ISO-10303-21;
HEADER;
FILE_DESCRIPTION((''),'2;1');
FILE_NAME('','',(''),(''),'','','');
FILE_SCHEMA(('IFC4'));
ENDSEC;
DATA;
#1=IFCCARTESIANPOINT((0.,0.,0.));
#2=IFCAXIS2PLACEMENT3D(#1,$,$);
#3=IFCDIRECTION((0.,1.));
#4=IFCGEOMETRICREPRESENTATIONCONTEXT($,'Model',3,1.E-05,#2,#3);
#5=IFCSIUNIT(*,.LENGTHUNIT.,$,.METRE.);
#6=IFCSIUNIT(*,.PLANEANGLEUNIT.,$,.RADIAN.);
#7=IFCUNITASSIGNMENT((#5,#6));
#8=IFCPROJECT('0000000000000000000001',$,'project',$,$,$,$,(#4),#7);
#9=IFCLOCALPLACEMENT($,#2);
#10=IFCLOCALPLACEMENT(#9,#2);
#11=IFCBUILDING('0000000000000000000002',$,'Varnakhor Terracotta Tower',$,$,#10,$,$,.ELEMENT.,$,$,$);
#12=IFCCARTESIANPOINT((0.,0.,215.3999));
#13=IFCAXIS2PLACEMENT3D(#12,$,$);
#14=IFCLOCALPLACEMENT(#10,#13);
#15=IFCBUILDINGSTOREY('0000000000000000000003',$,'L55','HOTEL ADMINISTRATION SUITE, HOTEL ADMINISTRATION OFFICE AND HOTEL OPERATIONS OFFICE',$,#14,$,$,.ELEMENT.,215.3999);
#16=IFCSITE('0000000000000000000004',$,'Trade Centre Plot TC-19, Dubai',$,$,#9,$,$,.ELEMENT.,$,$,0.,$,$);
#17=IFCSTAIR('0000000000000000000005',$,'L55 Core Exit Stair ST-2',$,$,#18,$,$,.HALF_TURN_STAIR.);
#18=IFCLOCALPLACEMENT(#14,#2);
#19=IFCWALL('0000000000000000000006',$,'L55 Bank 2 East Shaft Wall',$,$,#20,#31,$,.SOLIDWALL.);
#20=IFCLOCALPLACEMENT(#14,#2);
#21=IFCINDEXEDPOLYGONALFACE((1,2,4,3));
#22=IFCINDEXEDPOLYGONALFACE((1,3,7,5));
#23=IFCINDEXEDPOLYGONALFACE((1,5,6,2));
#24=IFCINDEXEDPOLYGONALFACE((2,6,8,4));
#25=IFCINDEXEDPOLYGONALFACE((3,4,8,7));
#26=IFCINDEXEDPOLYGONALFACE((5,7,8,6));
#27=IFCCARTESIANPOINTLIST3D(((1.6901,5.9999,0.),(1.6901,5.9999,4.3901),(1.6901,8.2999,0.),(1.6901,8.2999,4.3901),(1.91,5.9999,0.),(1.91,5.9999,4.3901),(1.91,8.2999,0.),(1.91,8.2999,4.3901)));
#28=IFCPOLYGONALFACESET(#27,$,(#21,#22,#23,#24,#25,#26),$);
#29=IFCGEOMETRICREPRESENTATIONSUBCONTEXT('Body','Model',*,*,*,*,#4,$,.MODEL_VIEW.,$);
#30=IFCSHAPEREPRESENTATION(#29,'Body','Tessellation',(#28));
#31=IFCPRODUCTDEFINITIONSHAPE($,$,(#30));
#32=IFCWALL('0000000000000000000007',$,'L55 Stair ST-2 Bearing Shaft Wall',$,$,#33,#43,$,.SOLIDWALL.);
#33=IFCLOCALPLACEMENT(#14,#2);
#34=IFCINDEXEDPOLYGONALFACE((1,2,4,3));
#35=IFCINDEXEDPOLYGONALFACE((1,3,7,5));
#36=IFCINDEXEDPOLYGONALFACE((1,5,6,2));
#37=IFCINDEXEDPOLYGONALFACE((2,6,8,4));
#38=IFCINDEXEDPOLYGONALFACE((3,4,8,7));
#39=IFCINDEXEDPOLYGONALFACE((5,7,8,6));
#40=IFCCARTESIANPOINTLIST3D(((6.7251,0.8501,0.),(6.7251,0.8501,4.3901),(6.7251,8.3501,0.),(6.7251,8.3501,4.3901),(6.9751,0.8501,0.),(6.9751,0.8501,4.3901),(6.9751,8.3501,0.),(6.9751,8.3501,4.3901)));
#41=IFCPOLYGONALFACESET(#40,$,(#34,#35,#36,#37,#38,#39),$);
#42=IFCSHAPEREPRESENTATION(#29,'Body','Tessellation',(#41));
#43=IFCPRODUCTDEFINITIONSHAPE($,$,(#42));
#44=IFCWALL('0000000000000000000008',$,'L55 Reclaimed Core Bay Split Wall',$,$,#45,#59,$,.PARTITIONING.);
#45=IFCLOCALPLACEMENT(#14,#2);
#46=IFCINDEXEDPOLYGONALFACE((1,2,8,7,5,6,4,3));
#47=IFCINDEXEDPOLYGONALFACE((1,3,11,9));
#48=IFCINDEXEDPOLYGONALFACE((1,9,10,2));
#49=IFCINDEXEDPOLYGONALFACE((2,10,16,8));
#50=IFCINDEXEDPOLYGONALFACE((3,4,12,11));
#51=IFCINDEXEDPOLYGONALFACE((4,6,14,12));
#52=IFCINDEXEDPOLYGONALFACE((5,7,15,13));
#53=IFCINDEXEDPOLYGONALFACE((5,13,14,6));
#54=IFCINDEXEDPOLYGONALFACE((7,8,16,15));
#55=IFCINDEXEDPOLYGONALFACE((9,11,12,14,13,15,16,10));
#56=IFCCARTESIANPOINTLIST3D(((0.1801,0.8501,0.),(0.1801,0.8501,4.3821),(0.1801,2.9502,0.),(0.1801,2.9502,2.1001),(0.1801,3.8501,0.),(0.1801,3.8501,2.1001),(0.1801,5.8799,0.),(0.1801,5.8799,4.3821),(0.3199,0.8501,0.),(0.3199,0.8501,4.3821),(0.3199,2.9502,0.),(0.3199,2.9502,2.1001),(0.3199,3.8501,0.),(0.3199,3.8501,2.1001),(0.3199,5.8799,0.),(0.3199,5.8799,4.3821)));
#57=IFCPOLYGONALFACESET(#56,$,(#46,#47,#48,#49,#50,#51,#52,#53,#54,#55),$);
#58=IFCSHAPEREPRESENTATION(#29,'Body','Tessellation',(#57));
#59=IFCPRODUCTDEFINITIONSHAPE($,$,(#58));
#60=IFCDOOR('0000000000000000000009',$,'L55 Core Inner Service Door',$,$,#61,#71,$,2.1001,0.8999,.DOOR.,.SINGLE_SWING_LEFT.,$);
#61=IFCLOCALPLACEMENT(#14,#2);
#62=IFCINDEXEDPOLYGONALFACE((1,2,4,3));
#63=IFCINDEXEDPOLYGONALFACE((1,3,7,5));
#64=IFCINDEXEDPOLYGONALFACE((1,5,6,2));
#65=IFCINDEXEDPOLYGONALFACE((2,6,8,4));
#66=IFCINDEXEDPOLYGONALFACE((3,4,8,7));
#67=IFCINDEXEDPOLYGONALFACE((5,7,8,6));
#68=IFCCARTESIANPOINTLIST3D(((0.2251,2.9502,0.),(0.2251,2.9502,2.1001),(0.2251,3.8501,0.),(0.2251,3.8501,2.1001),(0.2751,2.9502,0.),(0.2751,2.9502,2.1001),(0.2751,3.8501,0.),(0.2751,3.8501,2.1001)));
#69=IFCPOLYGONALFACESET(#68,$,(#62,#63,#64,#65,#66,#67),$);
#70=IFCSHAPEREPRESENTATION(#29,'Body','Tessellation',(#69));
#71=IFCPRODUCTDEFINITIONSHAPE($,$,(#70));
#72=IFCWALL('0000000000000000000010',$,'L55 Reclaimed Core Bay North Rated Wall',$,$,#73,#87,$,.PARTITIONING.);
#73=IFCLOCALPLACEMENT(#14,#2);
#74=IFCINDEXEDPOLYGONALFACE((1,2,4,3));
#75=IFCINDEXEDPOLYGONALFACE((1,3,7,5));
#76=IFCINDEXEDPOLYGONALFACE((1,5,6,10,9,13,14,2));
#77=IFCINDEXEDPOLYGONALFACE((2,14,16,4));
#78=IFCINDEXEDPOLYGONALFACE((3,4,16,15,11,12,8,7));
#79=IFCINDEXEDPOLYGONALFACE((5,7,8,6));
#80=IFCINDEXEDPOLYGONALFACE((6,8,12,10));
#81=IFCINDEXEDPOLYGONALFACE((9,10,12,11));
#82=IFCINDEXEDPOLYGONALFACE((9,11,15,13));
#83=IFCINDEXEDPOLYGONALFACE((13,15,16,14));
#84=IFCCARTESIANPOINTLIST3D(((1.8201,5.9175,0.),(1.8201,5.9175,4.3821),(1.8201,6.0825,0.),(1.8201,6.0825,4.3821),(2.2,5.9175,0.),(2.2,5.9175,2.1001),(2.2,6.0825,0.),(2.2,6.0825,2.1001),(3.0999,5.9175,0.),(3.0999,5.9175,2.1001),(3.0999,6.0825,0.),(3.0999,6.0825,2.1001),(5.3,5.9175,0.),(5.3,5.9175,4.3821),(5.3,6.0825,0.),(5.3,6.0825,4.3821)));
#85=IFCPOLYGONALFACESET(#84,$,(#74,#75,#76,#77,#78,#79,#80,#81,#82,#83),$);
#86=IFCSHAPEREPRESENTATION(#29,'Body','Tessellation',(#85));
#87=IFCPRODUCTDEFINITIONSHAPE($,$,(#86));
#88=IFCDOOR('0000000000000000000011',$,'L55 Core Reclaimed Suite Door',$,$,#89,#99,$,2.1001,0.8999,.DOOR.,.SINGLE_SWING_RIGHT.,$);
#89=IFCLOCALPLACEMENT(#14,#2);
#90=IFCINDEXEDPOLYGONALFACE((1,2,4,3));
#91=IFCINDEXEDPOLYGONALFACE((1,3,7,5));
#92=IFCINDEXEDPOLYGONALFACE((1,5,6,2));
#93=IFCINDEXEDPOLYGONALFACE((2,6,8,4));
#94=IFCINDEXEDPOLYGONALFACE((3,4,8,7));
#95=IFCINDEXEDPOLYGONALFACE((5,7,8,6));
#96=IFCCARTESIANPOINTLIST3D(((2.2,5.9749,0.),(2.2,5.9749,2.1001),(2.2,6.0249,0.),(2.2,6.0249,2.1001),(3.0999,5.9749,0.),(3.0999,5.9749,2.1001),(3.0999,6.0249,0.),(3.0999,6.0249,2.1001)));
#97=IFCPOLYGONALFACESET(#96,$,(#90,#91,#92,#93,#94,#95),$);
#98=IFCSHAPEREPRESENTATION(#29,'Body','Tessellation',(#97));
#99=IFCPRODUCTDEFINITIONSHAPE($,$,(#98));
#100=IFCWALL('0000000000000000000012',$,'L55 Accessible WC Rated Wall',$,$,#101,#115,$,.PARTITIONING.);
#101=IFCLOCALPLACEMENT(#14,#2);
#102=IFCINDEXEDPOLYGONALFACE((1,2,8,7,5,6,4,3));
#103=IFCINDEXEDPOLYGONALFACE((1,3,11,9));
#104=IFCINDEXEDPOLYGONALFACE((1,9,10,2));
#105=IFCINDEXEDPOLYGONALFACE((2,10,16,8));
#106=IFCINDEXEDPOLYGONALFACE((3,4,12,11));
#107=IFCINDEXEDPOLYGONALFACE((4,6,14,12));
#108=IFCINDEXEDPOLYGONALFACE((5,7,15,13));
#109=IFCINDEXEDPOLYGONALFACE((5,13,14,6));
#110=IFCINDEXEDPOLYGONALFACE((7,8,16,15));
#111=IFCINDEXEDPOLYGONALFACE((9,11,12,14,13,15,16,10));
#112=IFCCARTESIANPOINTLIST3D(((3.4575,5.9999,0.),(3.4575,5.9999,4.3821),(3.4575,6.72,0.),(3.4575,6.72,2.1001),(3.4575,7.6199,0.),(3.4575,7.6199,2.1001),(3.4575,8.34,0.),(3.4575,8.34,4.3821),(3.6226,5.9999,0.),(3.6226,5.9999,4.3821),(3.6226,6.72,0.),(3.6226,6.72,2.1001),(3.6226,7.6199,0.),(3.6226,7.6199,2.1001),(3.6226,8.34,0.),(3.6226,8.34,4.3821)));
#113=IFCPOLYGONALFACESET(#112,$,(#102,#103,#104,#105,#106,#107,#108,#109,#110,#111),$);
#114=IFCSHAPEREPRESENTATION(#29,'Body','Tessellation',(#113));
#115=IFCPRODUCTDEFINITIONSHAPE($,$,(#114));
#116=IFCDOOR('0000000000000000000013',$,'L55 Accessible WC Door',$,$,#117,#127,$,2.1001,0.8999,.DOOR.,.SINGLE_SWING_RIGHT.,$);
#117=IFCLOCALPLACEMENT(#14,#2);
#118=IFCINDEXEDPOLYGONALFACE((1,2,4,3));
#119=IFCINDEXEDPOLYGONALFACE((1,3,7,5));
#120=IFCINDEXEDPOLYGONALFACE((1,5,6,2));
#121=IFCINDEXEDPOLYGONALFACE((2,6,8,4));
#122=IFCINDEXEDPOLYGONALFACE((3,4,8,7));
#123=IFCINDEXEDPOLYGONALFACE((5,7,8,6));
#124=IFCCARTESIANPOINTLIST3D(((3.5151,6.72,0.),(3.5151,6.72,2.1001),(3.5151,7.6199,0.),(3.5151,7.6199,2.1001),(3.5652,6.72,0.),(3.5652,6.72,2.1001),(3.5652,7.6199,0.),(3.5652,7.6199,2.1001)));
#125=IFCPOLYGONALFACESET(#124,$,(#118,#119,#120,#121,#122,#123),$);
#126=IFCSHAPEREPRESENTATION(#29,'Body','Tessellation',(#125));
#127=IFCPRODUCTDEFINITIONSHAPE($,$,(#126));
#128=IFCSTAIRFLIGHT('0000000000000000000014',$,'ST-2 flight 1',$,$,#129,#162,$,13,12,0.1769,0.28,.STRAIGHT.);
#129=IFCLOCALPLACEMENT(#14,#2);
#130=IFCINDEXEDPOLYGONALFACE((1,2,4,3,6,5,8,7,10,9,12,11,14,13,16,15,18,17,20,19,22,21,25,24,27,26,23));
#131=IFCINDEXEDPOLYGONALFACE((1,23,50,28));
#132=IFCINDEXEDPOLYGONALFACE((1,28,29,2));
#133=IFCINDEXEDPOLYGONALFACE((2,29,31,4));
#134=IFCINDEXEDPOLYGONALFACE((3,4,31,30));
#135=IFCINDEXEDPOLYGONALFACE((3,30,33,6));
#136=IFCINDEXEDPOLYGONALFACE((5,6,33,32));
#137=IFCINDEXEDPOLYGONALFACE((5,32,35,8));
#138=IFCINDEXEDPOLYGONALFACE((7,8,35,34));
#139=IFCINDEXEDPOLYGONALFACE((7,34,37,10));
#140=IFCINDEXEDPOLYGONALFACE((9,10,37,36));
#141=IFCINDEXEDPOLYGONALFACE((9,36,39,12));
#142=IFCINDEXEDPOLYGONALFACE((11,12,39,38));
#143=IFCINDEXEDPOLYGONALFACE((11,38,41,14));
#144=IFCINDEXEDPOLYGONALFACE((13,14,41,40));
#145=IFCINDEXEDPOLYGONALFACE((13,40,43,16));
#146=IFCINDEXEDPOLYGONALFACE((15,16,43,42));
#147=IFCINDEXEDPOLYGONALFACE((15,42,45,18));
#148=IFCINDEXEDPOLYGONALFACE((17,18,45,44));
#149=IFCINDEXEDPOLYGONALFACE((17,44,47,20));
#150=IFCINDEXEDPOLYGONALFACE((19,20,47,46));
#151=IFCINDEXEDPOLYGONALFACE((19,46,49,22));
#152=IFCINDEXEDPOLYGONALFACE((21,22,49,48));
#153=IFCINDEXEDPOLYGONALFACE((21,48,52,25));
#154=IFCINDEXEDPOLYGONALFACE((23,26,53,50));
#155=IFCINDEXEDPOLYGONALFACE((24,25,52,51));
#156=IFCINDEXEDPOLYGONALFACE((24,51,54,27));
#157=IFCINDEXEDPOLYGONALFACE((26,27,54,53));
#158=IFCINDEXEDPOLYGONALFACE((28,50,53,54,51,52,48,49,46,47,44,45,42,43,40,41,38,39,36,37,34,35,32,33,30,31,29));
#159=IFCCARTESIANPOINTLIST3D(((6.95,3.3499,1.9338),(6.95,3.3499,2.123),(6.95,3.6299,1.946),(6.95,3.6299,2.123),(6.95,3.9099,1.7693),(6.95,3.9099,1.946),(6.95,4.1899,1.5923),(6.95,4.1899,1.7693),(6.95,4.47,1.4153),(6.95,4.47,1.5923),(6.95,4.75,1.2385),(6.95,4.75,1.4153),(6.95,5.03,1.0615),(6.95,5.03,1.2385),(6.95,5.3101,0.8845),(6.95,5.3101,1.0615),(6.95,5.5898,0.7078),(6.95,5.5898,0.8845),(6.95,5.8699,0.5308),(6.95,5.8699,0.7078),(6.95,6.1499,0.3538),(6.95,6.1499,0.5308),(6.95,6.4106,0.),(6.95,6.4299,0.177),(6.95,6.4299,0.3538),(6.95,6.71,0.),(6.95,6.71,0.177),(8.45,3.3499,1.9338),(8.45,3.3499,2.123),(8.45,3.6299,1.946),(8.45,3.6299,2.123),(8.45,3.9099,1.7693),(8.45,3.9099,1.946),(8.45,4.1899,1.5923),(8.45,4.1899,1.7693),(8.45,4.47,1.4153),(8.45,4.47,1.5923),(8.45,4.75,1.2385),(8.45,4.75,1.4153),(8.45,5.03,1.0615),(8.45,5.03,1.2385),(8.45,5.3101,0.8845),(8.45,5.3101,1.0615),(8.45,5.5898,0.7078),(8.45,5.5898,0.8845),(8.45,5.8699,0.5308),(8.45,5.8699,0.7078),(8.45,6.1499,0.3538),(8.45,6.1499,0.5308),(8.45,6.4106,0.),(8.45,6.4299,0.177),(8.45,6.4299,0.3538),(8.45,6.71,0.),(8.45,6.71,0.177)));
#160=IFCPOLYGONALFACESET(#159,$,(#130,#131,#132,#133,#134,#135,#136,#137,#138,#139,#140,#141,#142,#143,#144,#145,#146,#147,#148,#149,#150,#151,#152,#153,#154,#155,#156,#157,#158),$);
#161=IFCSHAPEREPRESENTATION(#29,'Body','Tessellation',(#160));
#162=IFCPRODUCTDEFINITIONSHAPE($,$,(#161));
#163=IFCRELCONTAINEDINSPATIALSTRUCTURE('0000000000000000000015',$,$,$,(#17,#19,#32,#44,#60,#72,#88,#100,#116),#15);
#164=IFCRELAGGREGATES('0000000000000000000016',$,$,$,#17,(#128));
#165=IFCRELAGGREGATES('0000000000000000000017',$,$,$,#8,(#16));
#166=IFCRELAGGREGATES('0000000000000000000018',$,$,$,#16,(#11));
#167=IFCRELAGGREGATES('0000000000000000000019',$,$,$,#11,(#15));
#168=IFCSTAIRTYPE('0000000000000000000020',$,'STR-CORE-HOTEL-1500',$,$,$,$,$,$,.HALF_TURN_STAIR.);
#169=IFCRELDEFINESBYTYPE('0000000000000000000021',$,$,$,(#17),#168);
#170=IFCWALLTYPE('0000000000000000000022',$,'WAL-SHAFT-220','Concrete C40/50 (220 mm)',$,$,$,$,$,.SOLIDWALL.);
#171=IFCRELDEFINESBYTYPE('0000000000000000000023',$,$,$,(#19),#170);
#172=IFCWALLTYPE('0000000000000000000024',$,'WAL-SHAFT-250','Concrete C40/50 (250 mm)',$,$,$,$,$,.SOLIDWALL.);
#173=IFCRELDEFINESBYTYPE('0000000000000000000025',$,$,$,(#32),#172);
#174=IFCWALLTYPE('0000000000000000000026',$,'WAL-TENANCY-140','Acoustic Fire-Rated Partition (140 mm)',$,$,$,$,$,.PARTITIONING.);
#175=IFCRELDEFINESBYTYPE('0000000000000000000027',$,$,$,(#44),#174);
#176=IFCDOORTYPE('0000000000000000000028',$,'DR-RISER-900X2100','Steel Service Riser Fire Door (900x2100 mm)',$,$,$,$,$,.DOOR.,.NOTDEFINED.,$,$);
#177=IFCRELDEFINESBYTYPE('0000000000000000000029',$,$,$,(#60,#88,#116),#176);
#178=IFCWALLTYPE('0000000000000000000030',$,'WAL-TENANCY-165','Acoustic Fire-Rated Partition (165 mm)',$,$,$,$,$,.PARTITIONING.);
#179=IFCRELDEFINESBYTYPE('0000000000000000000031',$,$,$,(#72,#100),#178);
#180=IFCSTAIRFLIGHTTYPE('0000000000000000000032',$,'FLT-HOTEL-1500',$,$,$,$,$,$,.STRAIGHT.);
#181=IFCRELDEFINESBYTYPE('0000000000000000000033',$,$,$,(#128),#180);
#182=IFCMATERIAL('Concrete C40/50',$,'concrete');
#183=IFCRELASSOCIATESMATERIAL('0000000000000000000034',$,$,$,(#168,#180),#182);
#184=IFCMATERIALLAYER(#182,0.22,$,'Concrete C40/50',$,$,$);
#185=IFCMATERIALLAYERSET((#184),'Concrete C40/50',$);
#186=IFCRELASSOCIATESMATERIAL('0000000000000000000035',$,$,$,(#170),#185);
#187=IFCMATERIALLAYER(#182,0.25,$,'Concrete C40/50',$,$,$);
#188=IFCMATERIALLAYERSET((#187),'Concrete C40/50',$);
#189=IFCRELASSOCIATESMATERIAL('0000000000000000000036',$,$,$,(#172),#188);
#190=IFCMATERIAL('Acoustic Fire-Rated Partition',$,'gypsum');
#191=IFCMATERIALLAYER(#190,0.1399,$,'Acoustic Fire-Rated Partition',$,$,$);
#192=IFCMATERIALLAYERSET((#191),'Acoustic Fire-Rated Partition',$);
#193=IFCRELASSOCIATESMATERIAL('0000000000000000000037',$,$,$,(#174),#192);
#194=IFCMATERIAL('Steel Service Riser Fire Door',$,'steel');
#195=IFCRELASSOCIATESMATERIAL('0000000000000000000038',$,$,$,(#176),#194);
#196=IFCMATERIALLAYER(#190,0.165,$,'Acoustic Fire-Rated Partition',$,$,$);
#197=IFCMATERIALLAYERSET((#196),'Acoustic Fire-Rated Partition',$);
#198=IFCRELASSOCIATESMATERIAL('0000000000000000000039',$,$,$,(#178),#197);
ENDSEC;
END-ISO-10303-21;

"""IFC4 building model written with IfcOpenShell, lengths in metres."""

from ifc_helpers import new_model, si_unit, direction, frame, frame_2d, origin, place, context, subcontext, project, spatial, polyline, rectangle, outline, extrude, source, transform, mapped, material, layer, layer_set, type_object, type_shapes, element, fill, aggregate, save


model = new_model("IFC4")

# Units and contexts
model_context = context("Model", 3, precision=1e-05, world=origin(), true_north=direction((0.0, 1.0)))
body_context = subcontext(model_context, "Body", "Model", "MODEL_VIEW")
ifc_project = project(units=[si_unit("LENGTHUNIT", "METRE"), si_unit("PLANEANGLEUNIT", "RADIAN")], contexts=[model_context])

# Site, building, storey
site_placement = place(None, origin())
site = spatial("IfcSite", under=ifc_project, at=site_placement, Name="Trade Centre Plot TC-19, Dubai", CompositionType="ELEMENT", RefElevation=0.0)
building_placement = place(site_placement, origin())
building = spatial("IfcBuilding", under=site, at=building_placement, Name="Varnakhor Terracotta Tower", CompositionType="ELEMENT")
storey_placement = place(building_placement, frame((0.0, 0.0, 215.3999)))
storey = spatial("IfcBuildingStorey", under=building, at=storey_placement, Name="L55", Description="HOTEL ADMINISTRATION SUITE, HOTEL ADMINISTRATION OFFICE AND HOTEL OPERATIONS OFFICE", CompositionType="ELEMENT", Elevation=215.3999)

# Stair
ifc_material_1 = material(Name="Concrete C40/50", Category="concrete")
stair_type = type_object("IfcStairType", Name="STR-CORE-HOTEL-1500", PredefinedType="HALF_TURN_STAIR", material=ifc_material_1)
stair_1_placement = place(storey_placement, origin())
stair_1 = element("IfcStair", 1, at=stair_1_placement, inside=storey, type_object=stair_type, Name="L55 Core Exit Stair ST-2", PredefinedType="HALF_TURN_STAIR")

# Walls
ifc_layer_1 = layer(ifc_material_1, 0.22, Name="Concrete C40/50")
ifc_layer_set_1 = layer_set([ifc_layer_1], Name="Concrete C40/50")
wall_type_1 = type_object("IfcWallType", Name="WAL-SHAFT-220", Description="Concrete C40/50 (220 mm)", PredefinedType="SOLIDWALL", material=ifc_layer_set_1)
wall_1_placement = place(storey_placement, frame((1.8, 6.0, 0.0), z_axis=(0.0, 0.0, 1.0), x_axis=(0.0, 1.0, 0.0)))
element("IfcWall", 2, at=wall_1_placement, inside=storey, type_object=wall_type_1, Name="L55 Bank 2 East Shaft Wall", PredefinedType="SOLIDWALL", context=body_context, shape_type="SweptSolid", body=[
    extrude(rectangle(XDim=2.3, YDim=0.22, at=frame_2d((1.1499, 0.0))), origin(), (0.0, 0.0, 1.0), 4.3901),
])
ifc_layer_2 = layer(ifc_material_1, 0.25, Name="Concrete C40/50")
ifc_layer_set_2 = layer_set([ifc_layer_2], Name="Concrete C40/50")
wall_type_2 = type_object("IfcWallType", Name="WAL-SHAFT-250", Description="Concrete C40/50 (250 mm)", PredefinedType="SOLIDWALL", material=ifc_layer_set_2)
wall_2_placement = place(storey_placement, frame((6.8501, 0.8501, 0.0), z_axis=(0.0, 0.0, 1.0), x_axis=(0.0, 1.0, 0.0)))
element("IfcWall", 3, at=wall_2_placement, inside=storey, type_object=wall_type_2, Name="L55 Stair ST-2 Bearing Shaft Wall", PredefinedType="SOLIDWALL", context=body_context, shape_type="SweptSolid", body=[
    extrude(rectangle(XDim=7.5, YDim=0.25, at=frame_2d((3.75, 0.0))), origin(), (0.0, 0.0, 1.0), 4.3901),
])

# Walls, openings, doors
ifc_material_2 = material(Name="Acoustic Fire-Rated Partition", Category="gypsum")
ifc_layer_3 = layer(ifc_material_2, 0.1399, Name="Acoustic Fire-Rated Partition")
ifc_layer_set_3 = layer_set([ifc_layer_3], Name="Acoustic Fire-Rated Partition")
wall_type_3 = type_object("IfcWallType", Name="WAL-TENANCY-140", Description="Acoustic Fire-Rated Partition (140 mm)", PredefinedType="PARTITIONING", material=ifc_layer_set_3)
wall_3_placement = place(storey_placement, frame((0.25, 0.8501, 0.0), z_axis=(0.0, 0.0, 1.0), x_axis=(0.0, 1.0, 0.0)))
wall_3 = element("IfcWall", 4, at=wall_3_placement, inside=storey, type_object=wall_type_3, Name="L55 Reclaimed Core Bay Split Wall", PredefinedType="PARTITIONING", context=body_context, shape_type="SweptSolid", body=[
    extrude(rectangle(XDim=5.0298, YDim=0.1399, at=frame_2d((2.5149, 0.0))), origin(), (0.0, 0.0, 1.0), 4.3821),
])
opening_1_placement = place(wall_3_placement, frame((2.1001, 0.0, 0.0)))
opening_1 = element("IfcOpeningElement", 5, at=opening_1_placement, cuts=wall_3, PredefinedType="OPENING", context=body_context, shape_type="SweptSolid", body=[
    extrude(rectangle(XDim=0.8999, YDim=2.1001, at=frame_2d((0.45, 1.05))), frame((0.0, 0.0801, 0.0), z_axis=(0.0, -1.0, 0.0), x_axis=(1.0, 0.0, 0.0)), (0.0, 0.0, 1.0), 0.1599),
])
ifc_material_3 = material(Name="Steel Service Riser Fire Door", Category="steel")
door_type_1 = type_object("IfcDoorType", Name="DR-RISER-900X2100", Description="Steel Service Riser Fire Door (900x2100 mm)", OperationType="NOTDEFINED", PredefinedType="DOOR", material=ifc_material_3)
shared_shape_1 = source(origin(), body_context, "Body", "SweptSolid", [
    extrude(rectangle(XDim=0.8999, YDim=2.1001, at=frame_2d((0.45, 1.05))), frame((0.0, 0.0249, 0.0), z_axis=(0.0, -1.0, 0.0), x_axis=(1.0, 0.0, 0.0)), (0.0, 0.0, 1.0), 0.05),
])
type_shapes(door_type_1, [shared_shape_1])
door_1_placement = place(opening_1_placement, origin())
door_1 = element("IfcDoor", 6, at=door_1_placement, inside=storey, type_object=door_type_1, Name="L55 Core Inner Service Door", OperationType="SINGLE_SWING_LEFT", OverallHeight=2.1001, OverallWidth=0.8999, PredefinedType="DOOR", context=body_context, shape_type="MappedRepresentation", body=[
    mapped(shared_shape_1, transform((0.0, 0.0, 0.0), scale=1.0)),
])
fill(opening_1, door_1)
ifc_layer_4 = layer(ifc_material_2, 0.165, Name="Acoustic Fire-Rated Partition")
ifc_layer_set_4 = layer_set([ifc_layer_4], Name="Acoustic Fire-Rated Partition")
wall_type_4 = type_object("IfcWallType", Name="WAL-TENANCY-165", Description="Acoustic Fire-Rated Partition (165 mm)", PredefinedType="PARTITIONING", material=ifc_layer_set_4)
wall_4_placement = place(storey_placement, frame((1.8201, 6.0, 0.0), z_axis=(0.0, 0.0, 1.0), x_axis=(1.0, 0.0, 0.0)))
wall_4 = element("IfcWall", 7, at=wall_4_placement, inside=storey, type_object=wall_type_4, Name="L55 Reclaimed Core Bay North Rated Wall", PredefinedType="PARTITIONING", context=body_context, shape_type="SweptSolid", body=[
    extrude(rectangle(XDim=3.48, YDim=0.165, at=frame_2d((1.74, 0.0))), origin(), (0.0, 0.0, 1.0), 4.3821),
])
opening_2_placement = place(wall_4_placement, frame((0.3799, 0.0, 0.0)))
opening_2 = element("IfcOpeningElement", 8, at=opening_2_placement, cuts=wall_4, PredefinedType="OPENING", context=body_context, shape_type="SweptSolid", body=[
    extrude(rectangle(XDim=0.8999, YDim=2.1001, at=frame_2d((0.45, 1.05))), frame((0.0, 0.0925, 0.0), z_axis=(0.0, -1.0, 0.0), x_axis=(1.0, 0.0, 0.0)), (0.0, 0.0, 1.0), 0.1851),
])
door_2_placement = place(opening_2_placement, origin())
door_2 = element("IfcDoor", 9, at=door_2_placement, inside=storey, type_object=door_type_1, Name="L55 Core Reclaimed Suite Door", OperationType="SINGLE_SWING_RIGHT", OverallHeight=2.1001, OverallWidth=0.8999, PredefinedType="DOOR", context=body_context, shape_type="MappedRepresentation", body=[
    mapped(shared_shape_1, transform((0.0, 0.0, 0.0), scale=1.0)),
])
fill(opening_2, door_2)
wall_5_placement = place(storey_placement, frame((3.54, 6.0, 0.0), z_axis=(0.0, 0.0, 1.0), x_axis=(0.0, 1.0, 0.0)))
wall_5 = element("IfcWall", 10, at=wall_5_placement, inside=storey, type_object=wall_type_4, Name="L55 Accessible WC Rated Wall", PredefinedType="PARTITIONING", context=body_context, shape_type="SweptSolid", body=[
    extrude(rectangle(XDim=2.3401, YDim=0.165, at=frame_2d((1.1699, 0.0))), origin(), (0.0, 0.0, 1.0), 4.3821),
])
opening_3_placement = place(wall_5_placement, frame((0.72, 0.0, 0.0)))
opening_3 = element("IfcOpeningElement", 11, at=opening_3_placement, cuts=wall_5, PredefinedType="OPENING", context=body_context, shape_type="SweptSolid", body=[
    extrude(rectangle(XDim=0.8999, YDim=2.1001, at=frame_2d((0.45, 1.05))), frame((0.0, 0.0925, 0.0), z_axis=(0.0, -1.0, 0.0), x_axis=(1.0, 0.0, 0.0)), (0.0, 0.0, 1.0), 0.1851),
])
door_3_placement = place(opening_3_placement, origin())
door_3 = element("IfcDoor", 12, at=door_3_placement, inside=storey, type_object=door_type_1, Name="L55 Accessible WC Door", OperationType="SINGLE_SWING_RIGHT", OverallHeight=2.1001, OverallWidth=0.8999, PredefinedType="DOOR", context=body_context, shape_type="MappedRepresentation", body=[
    mapped(shared_shape_1, transform((0.0, 0.0, 0.0), scale=1.0)),
])
fill(opening_3, door_3)

# Stair flight
stair_flight_type = type_object("IfcStairFlightType", Name="FLT-HOTEL-1500", PredefinedType="STRAIGHT", material=ifc_material_1)
stair_flight_1_placement = place(storey_placement, frame((7.7, 6.71, 0.0), z_axis=(0.0, 0.0, 1.0), x_axis=(0.0, -1.0, 0.0)))
stair_flight_1 = element("IfcStairFlight", 13, at=stair_flight_1_placement, type_object=stair_flight_type, Name="ST-2 flight 1", NumberOfRisers=13, NumberOfTreads=12, PredefinedType="STRAIGHT", RiserHeight=0.1769, TreadLength=0.28, context=body_context, shape_type="SweptSolid", body=[
    extrude(outline(polyline([(0.0, 0.0), (0.0, 0.177), (0.28, 0.177), (0.28, 0.3538), (0.5601, 0.3538), (0.5601, 0.5308), (0.8401, 0.5308), (0.8401, 0.7078), (1.1201, 0.7078), (1.1201, 0.8845), (1.3999, 0.8845), (1.3999, 1.0615), (1.6799, 1.0615), (1.6799, 1.2385), (1.96, 1.2385), (1.96, 1.4153), (2.24, 1.4153), (2.24, 1.5923), (2.52, 1.5923), (2.52, 1.7693), (2.8, 1.7693), (2.8, 1.946), (3.0801, 1.946), (3.0801, 2.123), (3.3601, 2.123), (3.3601, 2.3), (3.3601, 1.9338), (0.2993, 0.0), (0.0, 0.0)])), frame((0.0, 0.75, 0.0), z_axis=(0.0, -1.0, 0.0), x_axis=(1.0, 0.0, 0.0)), (0.0, 0.0, 1.0), 1.5),
])
aggregate(stair_1, [stair_flight_1])

save(model, "model.ifc")
